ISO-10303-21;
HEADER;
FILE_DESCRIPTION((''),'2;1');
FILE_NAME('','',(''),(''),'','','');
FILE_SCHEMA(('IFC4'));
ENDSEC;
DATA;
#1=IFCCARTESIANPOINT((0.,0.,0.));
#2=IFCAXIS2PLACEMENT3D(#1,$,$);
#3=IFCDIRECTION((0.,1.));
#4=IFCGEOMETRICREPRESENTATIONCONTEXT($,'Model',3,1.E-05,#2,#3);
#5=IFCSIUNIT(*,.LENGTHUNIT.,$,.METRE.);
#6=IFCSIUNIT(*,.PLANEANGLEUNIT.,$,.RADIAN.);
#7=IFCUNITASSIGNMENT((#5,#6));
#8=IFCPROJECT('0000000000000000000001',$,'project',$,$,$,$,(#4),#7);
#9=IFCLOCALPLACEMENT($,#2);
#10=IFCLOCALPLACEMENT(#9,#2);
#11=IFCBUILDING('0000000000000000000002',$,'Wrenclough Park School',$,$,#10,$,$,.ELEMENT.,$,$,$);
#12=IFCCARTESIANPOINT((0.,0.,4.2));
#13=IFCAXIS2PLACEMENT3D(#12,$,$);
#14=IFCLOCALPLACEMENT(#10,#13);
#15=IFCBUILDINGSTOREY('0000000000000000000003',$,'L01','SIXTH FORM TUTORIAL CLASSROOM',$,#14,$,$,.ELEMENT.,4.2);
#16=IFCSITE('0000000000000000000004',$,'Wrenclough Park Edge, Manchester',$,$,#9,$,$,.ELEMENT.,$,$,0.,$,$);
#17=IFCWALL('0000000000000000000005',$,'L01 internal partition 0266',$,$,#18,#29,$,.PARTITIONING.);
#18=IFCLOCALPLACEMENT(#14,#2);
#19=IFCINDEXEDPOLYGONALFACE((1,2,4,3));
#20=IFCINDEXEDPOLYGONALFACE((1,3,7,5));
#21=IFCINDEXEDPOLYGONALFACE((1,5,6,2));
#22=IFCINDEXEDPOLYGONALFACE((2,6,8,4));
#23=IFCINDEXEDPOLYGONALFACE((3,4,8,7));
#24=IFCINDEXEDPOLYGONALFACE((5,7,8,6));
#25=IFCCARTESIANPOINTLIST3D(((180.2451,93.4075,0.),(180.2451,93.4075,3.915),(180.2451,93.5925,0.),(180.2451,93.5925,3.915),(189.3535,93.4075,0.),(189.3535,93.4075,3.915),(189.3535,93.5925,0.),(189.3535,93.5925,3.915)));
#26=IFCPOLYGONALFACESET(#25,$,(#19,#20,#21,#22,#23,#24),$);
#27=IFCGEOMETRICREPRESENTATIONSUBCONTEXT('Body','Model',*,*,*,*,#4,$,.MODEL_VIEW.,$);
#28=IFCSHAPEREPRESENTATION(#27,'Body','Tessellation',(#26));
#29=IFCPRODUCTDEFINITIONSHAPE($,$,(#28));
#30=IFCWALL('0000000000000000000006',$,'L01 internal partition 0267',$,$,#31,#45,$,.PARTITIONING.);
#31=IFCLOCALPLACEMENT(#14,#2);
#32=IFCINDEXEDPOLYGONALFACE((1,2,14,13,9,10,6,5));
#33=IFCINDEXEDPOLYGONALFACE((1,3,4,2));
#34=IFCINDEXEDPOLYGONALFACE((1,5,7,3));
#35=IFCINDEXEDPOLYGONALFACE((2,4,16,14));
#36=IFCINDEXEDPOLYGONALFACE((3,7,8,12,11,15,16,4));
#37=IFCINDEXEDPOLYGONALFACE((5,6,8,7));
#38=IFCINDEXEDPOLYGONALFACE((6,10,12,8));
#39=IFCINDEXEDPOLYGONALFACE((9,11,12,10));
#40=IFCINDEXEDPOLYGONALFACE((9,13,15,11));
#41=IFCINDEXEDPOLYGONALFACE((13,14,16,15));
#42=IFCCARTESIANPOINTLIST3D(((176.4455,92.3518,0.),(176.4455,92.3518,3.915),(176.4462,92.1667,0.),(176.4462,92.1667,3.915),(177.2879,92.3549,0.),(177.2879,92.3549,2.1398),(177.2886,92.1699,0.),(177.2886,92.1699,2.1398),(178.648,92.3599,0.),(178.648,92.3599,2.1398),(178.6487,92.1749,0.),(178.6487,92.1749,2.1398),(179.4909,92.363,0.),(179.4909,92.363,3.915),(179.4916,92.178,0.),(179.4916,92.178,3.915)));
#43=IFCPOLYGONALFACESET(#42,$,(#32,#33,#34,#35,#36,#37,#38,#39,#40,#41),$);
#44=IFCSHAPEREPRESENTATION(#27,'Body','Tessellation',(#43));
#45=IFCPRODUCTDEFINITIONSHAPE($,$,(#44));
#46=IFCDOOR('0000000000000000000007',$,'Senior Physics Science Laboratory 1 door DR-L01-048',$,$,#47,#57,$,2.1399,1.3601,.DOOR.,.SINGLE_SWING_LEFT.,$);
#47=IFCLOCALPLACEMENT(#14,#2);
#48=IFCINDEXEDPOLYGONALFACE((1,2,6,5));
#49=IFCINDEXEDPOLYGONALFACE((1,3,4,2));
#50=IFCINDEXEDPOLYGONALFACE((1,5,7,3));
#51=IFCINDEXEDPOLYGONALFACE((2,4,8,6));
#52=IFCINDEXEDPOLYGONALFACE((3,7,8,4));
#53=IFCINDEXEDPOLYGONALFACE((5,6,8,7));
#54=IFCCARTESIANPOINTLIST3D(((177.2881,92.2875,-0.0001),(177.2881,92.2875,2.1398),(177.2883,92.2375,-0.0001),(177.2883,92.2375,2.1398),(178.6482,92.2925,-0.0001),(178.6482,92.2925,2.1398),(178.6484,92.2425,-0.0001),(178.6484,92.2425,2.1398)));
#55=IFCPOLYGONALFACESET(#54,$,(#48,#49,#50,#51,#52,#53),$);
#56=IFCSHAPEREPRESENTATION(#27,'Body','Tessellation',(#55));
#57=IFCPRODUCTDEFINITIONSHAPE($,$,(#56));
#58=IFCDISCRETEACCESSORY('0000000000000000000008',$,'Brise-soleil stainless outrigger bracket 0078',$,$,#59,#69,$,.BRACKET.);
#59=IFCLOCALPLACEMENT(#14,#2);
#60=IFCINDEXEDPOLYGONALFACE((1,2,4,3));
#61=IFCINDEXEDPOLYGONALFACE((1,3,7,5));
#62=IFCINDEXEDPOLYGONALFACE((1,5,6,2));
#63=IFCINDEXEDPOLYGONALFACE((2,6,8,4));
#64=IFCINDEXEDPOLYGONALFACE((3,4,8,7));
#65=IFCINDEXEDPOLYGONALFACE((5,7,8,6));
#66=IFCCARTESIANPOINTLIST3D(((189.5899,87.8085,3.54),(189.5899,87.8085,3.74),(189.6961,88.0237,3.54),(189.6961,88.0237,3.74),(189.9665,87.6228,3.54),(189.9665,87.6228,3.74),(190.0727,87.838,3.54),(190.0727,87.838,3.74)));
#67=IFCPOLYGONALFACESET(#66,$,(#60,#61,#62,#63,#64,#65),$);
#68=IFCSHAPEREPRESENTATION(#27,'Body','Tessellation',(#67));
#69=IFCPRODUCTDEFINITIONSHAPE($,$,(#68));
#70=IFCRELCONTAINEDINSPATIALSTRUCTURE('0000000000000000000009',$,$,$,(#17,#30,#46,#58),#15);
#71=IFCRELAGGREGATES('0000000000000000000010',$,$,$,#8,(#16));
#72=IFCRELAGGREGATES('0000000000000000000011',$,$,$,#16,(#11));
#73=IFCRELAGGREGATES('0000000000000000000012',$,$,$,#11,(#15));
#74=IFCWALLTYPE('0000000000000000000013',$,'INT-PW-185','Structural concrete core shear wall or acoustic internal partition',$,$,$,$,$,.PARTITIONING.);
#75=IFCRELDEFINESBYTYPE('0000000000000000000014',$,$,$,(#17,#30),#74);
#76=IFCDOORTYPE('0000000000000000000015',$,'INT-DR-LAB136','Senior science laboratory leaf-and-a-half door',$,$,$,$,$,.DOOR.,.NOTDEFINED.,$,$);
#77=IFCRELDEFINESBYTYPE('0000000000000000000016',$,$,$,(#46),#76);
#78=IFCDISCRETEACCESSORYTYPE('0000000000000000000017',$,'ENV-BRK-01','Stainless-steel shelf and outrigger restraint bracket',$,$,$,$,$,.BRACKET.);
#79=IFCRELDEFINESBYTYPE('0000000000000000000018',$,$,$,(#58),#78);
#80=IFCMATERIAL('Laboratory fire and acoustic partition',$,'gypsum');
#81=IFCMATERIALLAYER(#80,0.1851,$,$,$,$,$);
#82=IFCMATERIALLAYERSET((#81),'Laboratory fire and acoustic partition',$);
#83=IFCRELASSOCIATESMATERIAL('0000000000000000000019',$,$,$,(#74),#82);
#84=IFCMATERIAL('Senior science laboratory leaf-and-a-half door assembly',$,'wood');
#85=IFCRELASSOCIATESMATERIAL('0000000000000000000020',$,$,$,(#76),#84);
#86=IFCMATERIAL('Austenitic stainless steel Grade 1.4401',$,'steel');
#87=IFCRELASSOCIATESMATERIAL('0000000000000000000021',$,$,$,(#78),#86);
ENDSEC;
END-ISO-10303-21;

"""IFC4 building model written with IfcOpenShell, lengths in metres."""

from ifc_helpers import new_model, si_unit, direction, frame, frame_2d, origin, origin_2d, place, context, subcontext, project, spatial, rectangle, extrude, material, layer, layer_set, type_object, element, fill, save


model = new_model("IFC4")

# Units and contexts
model_context = context("Model", 3, precision=1e-05, world=origin(), true_north=direction((0.0, 1.0)))
body_context = subcontext(model_context, "Body", "Model", "MODEL_VIEW")
ifc_project = project(units=[si_unit("LENGTHUNIT", "METRE"), si_unit("PLANEANGLEUNIT", "RADIAN")], contexts=[model_context])

# Site, building, storey
site_placement = place(None, origin())
site = spatial("IfcSite", under=ifc_project, at=site_placement, Name="Wrenclough Park Edge, Manchester", CompositionType="ELEMENT", RefElevation=0.0)
building_placement = place(site_placement, origin())
building = spatial("IfcBuilding", under=site, at=building_placement, Name="Wrenclough Park School", CompositionType="ELEMENT")
storey_placement = place(building_placement, frame((0.0, 0.0, 4.2)))
storey = spatial("IfcBuildingStorey", under=building, at=storey_placement, Name="L01", Description="SIXTH FORM TUTORIAL CLASSROOM", CompositionType="ELEMENT", Elevation=4.2)

# Wall
ifc_material_1 = material(Name="Laboratory fire and acoustic partition", Category="gypsum")
ifc_layer_1 = layer(ifc_material_1, 0.1851)
ifc_layer_set_1 = layer_set([ifc_layer_1], Name="Laboratory fire and acoustic partition")
wall_type_1 = type_object("IfcWallType", Name="INT-PW-185", Description="Structural concrete core shear wall or acoustic internal partition", PredefinedType="PARTITIONING", material=ifc_layer_set_1)
wall_1_placement = place(storey_placement, frame((189.3535, 93.5, 0.0), z_axis=(0.0, 0.0, 1.0), x_axis=(-1.0, 0.0, 0.0)))
element("IfcWall", 1, at=wall_1_placement, inside=storey, type_object=wall_type_1, Name="L01 internal partition 0266", PredefinedType="PARTITIONING", context=body_context, shape_type="SweptSolid", body=[
    extrude(rectangle(XDim=9.1084, YDim=0.1851, at=frame_2d((4.5542, 0.0))), origin(), (0.0, 0.0, 1.0), 3.915),
])

# Wall, opening, door
wall_2_placement = place(storey_placement, frame((179.4912, 92.2705, 0.0), z_axis=(0.0, 0.0, 1.0), x_axis=(-0.999993, -0.003688, 0.0)))
wall_2 = element("IfcWall", 2, at=wall_2_placement, inside=storey, type_object=wall_type_1, Name="L01 internal partition 0267", PredefinedType="PARTITIONING", context=body_context, shape_type="SweptSolid", body=[
    extrude(rectangle(XDim=3.0454, YDim=0.1851, at=frame_2d((1.5227, 0.0))), origin(), (0.0, 0.0, 1.0), 3.915),
])
opening_placement = place(wall_2_placement, frame((0.8428, 0.0, 0.0)))
opening = element("IfcOpeningElement", 3, at=opening_placement, cuts=wall_2, PredefinedType="OPENING", context=body_context, shape_type="SweptSolid", body=[
    extrude(rectangle(XDim=1.3601, YDim=2.1399, at=frame_2d((0.6802, 1.0698))), frame((0.0, 0.1025, 0.0), z_axis=(0.0, -1.0, 0.0), x_axis=(1.0, 0.0, 0.0)), (0.0, 0.0, 1.0), 0.2051),
])
ifc_material_2 = material(Name="Senior science laboratory leaf-and-a-half door assembly", Category="wood")
door_type = type_object("IfcDoorType", Name="INT-DR-LAB136", Description="Senior science laboratory leaf-and-a-half door", OperationType="NOTDEFINED", PredefinedType="DOOR", material=ifc_material_2)
door_placement = place(opening_placement, origin())
door = element("IfcDoor", 4, at=door_placement, inside=storey, type_object=door_type, Name="Senior Physics Science Laboratory 1 door DR-L01-048", OperationType="SINGLE_SWING_LEFT", OverallHeight=2.1399, OverallWidth=1.3601, PredefinedType="DOOR", context=body_context, shape_type="SweptSolid", body=[
    extrude(rectangle(XDim=1.3601, YDim=2.1399, at=frame_2d((0.6802, 1.0698))), frame((0.0, 0.0249, 0.0), z_axis=(0.0, -1.0, 0.0), x_axis=(1.0, 0.0, 0.0)), (0.0, 0.0, 1.0), 0.05),
])
fill(opening, door)

# Discrete accessory
ifc_material_3 = material(Name="Austenitic stainless steel Grade 1.4401", Category="steel")
discrete_accessory_type = type_object("IfcDiscreteAccessoryType", Name="ENV-BRK-01", Description="Stainless-steel shelf and outrigger restraint bracket", PredefinedType="BRACKET", material=ifc_material_3)
discrete_accessory_placement = place(storey_placement, frame((189.8313, 87.8232, 3.54), z_axis=(0.0, 0.0, 1.0), x_axis=(0.4423, 0.896867, 0.0)))
element("IfcDiscreteAccessory", 5, at=discrete_accessory_placement, inside=storey, type_object=discrete_accessory_type, Name="Brise-soleil stainless outrigger bracket 0078", PredefinedType="BRACKET", context=body_context, shape_type="SweptSolid", body=[
    extrude(rectangle(XDim=0.24, YDim=0.4199, at=origin_2d()), origin(), (0.0, 0.0, 1.0), 0.2),
])

save(model, "model.ifc")
